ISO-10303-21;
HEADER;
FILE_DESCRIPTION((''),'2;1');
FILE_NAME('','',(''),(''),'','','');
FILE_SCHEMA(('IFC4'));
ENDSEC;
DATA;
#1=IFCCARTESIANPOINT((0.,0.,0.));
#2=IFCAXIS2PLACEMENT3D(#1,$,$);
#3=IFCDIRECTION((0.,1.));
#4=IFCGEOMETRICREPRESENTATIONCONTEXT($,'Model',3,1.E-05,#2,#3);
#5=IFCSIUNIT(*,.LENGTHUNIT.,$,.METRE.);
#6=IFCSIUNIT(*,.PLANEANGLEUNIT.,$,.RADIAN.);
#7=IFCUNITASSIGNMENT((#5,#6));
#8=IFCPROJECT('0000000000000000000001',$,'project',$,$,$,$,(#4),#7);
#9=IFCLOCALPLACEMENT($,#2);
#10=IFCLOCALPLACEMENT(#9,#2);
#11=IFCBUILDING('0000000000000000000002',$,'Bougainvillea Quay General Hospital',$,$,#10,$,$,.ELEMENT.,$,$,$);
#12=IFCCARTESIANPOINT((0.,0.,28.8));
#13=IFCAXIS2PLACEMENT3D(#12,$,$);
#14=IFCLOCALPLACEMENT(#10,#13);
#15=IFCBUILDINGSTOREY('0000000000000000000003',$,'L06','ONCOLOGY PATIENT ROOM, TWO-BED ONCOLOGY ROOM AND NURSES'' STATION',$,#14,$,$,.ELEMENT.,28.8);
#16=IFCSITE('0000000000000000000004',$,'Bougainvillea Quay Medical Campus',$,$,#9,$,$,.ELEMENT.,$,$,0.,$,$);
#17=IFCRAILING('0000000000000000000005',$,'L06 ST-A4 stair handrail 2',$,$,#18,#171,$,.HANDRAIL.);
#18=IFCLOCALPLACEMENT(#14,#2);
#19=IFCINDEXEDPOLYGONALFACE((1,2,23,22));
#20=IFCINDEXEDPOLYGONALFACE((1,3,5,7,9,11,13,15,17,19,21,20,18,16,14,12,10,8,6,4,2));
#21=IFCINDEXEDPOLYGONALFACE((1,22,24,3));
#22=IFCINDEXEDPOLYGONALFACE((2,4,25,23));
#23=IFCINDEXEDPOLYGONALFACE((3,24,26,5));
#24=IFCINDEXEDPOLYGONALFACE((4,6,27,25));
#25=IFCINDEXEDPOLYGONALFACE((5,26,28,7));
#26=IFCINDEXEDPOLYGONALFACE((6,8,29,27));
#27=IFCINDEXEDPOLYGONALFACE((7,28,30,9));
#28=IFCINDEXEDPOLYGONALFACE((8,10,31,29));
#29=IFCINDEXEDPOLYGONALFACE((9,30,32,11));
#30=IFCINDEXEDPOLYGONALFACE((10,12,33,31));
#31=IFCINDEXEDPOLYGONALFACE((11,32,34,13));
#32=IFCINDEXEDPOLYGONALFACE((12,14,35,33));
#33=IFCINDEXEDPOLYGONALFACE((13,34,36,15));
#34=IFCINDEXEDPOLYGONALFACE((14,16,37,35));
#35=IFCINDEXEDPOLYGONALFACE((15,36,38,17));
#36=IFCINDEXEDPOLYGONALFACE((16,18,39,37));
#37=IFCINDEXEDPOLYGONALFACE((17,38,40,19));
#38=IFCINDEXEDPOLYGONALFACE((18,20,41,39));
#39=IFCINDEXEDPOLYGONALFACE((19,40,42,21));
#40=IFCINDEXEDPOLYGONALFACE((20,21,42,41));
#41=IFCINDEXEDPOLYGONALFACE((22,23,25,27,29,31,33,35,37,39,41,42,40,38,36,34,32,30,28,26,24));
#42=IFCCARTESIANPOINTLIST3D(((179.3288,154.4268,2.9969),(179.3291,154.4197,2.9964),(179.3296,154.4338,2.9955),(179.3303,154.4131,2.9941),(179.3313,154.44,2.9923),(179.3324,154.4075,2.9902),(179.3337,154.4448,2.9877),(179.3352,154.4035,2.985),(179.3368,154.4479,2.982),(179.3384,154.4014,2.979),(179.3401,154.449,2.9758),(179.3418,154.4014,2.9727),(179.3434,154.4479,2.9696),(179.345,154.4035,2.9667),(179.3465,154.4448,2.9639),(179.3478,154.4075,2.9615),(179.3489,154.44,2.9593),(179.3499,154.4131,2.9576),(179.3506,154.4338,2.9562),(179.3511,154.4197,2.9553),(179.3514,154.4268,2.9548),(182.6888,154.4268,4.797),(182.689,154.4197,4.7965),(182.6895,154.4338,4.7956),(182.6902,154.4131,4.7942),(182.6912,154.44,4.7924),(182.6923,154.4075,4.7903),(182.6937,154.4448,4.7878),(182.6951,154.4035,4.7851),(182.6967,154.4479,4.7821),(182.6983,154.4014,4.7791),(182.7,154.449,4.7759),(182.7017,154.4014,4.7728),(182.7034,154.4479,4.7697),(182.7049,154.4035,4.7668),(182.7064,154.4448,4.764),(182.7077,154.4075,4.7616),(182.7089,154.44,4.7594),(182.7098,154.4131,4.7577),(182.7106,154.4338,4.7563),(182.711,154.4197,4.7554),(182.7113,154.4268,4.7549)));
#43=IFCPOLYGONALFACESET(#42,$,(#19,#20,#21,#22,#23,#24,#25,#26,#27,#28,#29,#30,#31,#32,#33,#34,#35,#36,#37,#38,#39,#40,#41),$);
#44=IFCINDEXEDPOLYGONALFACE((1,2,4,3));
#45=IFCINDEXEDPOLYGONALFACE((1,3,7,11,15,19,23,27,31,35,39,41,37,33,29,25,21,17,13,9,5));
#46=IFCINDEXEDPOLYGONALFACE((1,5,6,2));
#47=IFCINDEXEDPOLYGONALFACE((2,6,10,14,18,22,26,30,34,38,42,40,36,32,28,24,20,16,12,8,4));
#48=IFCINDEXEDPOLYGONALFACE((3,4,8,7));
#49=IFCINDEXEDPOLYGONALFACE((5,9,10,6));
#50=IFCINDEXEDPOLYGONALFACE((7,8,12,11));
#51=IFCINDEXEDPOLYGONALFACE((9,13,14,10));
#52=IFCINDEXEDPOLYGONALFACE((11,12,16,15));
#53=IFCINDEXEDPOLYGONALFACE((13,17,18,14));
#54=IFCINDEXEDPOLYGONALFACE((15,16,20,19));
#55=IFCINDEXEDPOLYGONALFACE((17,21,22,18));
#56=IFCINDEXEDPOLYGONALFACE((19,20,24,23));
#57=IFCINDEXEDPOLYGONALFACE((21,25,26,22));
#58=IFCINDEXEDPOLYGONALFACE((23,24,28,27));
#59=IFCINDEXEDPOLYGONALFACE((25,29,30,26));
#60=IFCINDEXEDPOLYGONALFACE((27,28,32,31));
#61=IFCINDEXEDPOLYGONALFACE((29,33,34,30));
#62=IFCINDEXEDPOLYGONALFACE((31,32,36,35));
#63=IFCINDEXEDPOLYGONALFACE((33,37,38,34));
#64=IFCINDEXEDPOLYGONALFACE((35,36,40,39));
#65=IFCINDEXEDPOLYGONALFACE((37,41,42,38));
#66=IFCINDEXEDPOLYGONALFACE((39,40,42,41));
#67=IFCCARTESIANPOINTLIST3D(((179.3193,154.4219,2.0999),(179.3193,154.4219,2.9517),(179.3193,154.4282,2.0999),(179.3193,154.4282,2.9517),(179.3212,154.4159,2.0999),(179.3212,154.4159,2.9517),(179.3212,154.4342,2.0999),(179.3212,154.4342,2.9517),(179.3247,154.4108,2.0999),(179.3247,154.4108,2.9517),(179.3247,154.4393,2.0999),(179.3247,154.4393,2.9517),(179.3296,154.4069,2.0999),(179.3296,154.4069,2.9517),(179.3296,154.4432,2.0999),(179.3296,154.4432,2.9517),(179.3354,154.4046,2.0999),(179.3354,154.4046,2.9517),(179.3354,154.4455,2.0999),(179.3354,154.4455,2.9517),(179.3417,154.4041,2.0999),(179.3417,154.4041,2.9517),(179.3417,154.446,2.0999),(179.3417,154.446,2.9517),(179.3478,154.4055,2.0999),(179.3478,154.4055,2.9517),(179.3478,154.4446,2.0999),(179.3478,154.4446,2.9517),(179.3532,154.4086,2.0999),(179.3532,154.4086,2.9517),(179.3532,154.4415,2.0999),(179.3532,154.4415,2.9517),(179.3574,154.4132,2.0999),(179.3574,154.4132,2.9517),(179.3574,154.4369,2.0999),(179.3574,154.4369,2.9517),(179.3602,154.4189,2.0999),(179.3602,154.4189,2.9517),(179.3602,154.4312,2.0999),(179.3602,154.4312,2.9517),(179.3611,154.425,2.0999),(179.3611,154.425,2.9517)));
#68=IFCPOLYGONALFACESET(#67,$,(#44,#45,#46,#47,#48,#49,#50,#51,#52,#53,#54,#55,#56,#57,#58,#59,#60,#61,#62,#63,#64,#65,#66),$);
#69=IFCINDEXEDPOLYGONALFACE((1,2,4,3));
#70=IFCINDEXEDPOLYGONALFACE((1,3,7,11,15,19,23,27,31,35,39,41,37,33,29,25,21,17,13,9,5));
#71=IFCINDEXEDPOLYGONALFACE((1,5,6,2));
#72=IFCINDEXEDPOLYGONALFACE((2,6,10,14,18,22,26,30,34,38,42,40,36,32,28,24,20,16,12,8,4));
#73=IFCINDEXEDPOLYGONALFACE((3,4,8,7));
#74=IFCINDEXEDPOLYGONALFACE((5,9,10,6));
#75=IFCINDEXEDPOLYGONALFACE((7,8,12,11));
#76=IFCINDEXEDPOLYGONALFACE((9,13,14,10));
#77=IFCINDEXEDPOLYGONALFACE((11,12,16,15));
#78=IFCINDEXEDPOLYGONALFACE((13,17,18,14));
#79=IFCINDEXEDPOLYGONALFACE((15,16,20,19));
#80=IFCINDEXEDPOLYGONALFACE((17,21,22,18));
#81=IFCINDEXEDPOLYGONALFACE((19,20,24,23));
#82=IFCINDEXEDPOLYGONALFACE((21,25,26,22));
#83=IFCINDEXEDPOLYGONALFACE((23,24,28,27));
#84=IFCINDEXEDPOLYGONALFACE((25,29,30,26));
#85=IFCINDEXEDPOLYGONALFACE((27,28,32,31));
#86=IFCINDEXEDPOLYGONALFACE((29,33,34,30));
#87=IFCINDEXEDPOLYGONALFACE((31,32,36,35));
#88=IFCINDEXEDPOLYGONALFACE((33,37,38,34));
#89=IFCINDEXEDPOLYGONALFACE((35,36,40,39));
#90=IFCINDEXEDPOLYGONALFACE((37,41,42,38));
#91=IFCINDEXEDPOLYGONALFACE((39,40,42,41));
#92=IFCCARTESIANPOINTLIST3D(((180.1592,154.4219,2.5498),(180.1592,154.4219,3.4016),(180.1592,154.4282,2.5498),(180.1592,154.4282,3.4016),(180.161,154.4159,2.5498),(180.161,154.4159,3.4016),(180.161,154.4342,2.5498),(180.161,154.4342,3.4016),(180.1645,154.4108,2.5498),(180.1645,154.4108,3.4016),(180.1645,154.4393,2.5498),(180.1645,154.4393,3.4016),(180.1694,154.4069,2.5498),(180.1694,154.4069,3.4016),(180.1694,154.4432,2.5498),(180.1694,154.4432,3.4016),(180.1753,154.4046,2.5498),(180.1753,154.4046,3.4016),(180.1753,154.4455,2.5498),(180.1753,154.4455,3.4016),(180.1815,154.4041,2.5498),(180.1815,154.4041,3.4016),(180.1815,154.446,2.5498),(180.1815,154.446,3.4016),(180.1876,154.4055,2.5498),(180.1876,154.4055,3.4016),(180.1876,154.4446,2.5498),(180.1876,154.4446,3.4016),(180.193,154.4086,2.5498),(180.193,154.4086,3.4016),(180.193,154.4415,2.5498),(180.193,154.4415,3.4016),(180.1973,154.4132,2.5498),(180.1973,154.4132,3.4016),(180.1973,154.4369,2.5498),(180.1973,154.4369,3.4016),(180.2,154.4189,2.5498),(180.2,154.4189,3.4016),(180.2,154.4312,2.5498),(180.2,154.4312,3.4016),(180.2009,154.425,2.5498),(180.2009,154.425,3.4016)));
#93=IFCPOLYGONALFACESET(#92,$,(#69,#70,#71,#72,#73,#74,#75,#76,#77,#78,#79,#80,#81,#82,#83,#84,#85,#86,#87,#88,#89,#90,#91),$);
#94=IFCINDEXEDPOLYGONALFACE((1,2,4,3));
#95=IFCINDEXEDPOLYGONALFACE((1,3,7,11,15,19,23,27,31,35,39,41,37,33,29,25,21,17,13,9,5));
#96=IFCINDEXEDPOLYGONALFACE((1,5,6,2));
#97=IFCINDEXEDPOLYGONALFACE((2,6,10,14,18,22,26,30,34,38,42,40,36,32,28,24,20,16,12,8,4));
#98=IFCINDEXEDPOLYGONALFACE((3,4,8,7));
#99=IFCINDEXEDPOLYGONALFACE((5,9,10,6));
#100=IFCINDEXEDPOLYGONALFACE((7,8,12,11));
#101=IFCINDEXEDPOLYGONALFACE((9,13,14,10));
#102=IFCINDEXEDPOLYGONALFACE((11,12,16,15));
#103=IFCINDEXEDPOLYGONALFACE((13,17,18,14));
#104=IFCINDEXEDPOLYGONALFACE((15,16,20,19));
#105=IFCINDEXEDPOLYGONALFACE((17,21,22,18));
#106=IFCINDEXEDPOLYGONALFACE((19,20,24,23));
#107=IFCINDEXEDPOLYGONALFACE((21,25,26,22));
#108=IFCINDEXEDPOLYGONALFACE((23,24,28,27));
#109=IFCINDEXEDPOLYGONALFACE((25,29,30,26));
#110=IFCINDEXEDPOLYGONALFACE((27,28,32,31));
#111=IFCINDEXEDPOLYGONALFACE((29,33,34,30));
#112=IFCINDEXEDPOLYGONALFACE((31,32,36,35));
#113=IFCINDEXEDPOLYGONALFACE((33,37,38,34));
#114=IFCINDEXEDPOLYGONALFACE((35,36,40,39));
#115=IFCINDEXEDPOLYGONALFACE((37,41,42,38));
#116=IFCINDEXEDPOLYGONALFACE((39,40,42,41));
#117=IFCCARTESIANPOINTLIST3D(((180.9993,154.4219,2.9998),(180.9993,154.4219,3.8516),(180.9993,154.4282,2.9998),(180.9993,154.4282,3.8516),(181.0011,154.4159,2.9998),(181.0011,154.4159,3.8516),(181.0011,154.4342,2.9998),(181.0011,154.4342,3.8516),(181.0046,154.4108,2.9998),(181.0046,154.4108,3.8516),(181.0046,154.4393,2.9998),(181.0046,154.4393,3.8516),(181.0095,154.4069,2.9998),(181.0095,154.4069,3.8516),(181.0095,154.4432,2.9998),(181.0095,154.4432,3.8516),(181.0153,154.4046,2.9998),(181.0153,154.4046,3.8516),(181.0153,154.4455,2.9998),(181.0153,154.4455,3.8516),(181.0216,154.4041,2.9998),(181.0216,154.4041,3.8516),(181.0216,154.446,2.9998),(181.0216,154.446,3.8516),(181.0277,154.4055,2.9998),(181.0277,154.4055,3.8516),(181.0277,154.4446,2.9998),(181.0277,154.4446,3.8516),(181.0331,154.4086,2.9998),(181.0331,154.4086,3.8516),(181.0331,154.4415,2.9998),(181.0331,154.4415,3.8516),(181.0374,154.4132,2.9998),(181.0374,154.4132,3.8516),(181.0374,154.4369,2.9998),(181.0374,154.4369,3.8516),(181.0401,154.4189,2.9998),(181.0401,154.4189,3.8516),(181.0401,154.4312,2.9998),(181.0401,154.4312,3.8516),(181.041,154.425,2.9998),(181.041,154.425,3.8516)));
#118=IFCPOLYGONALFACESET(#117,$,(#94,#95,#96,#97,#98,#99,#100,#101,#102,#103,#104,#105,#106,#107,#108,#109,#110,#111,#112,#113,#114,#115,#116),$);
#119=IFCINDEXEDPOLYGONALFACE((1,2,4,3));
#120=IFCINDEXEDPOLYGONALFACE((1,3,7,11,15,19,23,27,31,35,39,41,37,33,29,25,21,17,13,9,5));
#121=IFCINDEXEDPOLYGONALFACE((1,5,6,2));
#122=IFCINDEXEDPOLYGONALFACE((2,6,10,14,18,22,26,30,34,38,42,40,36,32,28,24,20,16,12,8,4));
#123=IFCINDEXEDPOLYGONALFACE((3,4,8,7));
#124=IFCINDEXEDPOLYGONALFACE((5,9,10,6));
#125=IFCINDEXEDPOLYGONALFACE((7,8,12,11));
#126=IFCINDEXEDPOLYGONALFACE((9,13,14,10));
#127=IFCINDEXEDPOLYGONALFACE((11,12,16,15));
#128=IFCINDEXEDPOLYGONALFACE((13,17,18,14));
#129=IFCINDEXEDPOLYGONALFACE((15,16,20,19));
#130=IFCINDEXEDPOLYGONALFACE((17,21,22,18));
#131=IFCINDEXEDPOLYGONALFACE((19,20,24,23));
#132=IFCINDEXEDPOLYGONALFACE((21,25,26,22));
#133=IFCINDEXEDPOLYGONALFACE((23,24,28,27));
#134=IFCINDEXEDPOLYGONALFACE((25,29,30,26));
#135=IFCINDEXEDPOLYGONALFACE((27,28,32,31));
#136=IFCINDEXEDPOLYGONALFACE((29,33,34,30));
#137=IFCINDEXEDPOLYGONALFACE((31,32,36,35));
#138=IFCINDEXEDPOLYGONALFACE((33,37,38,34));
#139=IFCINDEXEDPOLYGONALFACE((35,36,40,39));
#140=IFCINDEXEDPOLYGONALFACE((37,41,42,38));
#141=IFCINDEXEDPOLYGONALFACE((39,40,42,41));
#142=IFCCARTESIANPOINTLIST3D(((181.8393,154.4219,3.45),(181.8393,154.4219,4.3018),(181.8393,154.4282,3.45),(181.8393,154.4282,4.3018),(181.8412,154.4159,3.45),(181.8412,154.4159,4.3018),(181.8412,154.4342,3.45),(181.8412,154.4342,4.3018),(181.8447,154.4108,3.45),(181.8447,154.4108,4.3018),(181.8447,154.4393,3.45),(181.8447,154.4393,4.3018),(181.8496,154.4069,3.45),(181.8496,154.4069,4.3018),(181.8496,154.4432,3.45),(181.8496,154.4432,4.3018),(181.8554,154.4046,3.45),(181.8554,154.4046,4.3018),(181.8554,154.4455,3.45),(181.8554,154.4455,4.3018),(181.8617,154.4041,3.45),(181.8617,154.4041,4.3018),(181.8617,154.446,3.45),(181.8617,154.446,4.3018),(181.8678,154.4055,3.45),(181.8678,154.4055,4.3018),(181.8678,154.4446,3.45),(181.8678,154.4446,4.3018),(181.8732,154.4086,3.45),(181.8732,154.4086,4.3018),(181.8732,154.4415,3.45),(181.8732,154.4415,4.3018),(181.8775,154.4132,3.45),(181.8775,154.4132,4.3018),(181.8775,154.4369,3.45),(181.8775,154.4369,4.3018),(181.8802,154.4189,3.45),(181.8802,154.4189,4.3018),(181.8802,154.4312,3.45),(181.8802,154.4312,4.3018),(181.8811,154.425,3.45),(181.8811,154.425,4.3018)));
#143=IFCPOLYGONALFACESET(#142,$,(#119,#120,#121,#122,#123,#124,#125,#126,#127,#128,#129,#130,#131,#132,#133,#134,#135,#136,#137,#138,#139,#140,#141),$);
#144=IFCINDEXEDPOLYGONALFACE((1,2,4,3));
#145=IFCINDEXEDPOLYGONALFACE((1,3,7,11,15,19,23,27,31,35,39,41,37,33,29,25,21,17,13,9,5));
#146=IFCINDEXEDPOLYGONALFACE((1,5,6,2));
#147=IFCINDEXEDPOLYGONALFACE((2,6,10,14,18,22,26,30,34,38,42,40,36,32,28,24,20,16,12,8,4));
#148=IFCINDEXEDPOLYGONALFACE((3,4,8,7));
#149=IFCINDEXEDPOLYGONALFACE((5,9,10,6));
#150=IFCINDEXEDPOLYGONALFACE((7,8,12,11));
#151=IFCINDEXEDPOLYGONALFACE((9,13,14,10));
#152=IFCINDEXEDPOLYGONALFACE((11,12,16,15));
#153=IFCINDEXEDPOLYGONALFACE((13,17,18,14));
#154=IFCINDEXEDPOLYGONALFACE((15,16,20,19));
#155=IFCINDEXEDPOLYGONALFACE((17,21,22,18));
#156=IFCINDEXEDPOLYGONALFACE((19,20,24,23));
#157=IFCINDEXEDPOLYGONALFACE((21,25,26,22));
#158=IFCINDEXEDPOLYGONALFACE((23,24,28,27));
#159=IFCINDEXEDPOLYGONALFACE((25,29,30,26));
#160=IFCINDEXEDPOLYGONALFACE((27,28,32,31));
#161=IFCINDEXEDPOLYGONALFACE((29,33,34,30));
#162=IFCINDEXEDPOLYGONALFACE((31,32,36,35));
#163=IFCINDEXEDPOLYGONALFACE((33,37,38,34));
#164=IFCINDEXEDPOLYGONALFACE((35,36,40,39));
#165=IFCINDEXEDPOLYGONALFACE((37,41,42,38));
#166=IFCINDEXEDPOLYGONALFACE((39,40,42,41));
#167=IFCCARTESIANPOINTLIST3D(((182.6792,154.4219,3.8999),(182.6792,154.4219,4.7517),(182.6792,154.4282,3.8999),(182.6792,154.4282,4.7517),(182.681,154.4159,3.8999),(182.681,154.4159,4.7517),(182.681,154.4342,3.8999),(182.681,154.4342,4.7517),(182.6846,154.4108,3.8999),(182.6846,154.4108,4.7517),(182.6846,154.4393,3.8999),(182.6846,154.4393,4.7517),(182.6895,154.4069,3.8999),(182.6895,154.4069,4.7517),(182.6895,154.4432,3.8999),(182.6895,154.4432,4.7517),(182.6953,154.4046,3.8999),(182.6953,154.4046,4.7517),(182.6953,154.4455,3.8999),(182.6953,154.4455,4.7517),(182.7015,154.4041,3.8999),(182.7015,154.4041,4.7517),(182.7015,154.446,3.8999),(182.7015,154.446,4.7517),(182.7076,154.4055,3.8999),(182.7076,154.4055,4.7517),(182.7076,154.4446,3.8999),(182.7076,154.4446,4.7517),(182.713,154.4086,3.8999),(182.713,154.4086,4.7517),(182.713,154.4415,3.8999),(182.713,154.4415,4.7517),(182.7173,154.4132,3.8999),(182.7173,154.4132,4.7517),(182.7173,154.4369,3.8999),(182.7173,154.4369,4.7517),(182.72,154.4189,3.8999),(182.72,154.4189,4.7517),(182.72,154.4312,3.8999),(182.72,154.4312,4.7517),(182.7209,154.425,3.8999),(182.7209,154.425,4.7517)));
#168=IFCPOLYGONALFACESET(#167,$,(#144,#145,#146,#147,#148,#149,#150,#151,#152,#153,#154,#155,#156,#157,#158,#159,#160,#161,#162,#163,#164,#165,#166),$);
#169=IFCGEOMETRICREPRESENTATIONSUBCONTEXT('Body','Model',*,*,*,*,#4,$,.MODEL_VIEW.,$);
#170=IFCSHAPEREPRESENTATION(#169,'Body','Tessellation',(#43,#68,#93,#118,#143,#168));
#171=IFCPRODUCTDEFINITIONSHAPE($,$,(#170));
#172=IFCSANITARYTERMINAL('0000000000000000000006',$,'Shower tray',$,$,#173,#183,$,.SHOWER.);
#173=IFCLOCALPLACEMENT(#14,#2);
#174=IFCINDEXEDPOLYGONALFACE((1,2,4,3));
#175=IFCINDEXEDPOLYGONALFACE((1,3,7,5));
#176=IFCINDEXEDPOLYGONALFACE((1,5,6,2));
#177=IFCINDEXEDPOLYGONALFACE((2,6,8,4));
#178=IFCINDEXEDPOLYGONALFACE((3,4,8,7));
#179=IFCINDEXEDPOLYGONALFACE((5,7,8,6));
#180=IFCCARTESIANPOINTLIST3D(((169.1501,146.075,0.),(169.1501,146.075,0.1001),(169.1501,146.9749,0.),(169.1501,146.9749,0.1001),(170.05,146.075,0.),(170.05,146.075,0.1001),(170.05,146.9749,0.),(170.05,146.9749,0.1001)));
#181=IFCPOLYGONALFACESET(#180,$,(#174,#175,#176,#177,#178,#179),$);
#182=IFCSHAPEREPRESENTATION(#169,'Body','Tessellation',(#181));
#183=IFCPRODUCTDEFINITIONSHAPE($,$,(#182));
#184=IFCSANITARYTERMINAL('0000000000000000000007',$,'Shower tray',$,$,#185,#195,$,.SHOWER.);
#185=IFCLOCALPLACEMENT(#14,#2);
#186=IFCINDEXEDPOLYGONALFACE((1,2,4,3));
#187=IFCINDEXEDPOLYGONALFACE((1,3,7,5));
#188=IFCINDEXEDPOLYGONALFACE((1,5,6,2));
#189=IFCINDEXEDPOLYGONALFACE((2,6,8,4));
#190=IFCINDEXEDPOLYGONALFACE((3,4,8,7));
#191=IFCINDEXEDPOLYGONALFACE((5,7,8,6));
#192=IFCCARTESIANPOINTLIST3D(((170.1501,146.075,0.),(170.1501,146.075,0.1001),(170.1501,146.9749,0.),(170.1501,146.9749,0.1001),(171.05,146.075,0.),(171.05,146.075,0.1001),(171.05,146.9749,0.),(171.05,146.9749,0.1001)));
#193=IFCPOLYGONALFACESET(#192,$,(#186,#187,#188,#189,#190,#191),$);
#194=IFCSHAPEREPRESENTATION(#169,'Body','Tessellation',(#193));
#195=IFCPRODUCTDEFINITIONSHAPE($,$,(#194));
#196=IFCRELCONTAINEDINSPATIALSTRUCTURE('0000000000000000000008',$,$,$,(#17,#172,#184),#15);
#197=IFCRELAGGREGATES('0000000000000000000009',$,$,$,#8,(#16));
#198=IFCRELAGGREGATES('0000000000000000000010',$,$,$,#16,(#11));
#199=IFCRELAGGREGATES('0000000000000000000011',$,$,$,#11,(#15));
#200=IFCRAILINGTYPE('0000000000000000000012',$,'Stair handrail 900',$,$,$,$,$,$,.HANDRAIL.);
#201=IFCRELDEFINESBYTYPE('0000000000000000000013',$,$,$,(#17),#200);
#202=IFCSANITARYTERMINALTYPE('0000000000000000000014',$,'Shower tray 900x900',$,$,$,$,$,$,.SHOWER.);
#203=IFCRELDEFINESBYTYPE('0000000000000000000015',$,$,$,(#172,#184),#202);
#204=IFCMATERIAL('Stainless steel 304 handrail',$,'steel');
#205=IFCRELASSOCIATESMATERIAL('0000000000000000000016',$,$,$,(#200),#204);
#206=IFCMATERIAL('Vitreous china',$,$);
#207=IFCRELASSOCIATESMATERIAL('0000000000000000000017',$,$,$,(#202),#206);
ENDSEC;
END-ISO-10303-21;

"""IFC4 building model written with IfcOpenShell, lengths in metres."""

from ifc_helpers import new_model, si_unit, direction, frame, origin, origin_2d, place, context, subcontext, project, spatial, rectangle, circle, extrude, material, type_object, element, save


model = new_model("IFC4")

# Units and contexts
model_context = context("Model", 3, precision=1e-05, world=origin(), true_north=direction((0.0, 1.0)))
body_context = subcontext(model_context, "Body", "Model", "MODEL_VIEW")
ifc_project = project(units=[si_unit("LENGTHUNIT", "METRE"), si_unit("PLANEANGLEUNIT", "RADIAN")], contexts=[model_context])

# Site, building, storey
site_placement = place(None, origin())
site = spatial("IfcSite", under=ifc_project, at=site_placement, Name="Bougainvillea Quay Medical Campus", CompositionType="ELEMENT", RefElevation=0.0)
building_placement = place(site_placement, origin())
building = spatial("IfcBuilding", under=site, at=building_placement, Name="Bougainvillea Quay General Hospital", CompositionType="ELEMENT")
storey_placement = place(building_placement, frame((0.0, 0.0, 28.8)))
storey = spatial("IfcBuildingStorey", under=building, at=storey_placement, Name="L06", Description="ONCOLOGY PATIENT ROOM, TWO-BED ONCOLOGY ROOM AND NURSES' STATION", CompositionType="ELEMENT", Elevation=28.8)

# Railing
ifc_material_1 = material(Name="Stainless steel 304 handrail", Category="steel")
railing_type_1 = type_object("IfcRailingType", Name="Stair handrail 900", PredefinedType="HANDRAIL", material=ifc_material_1)
railing_1_placement = place(storey_placement, frame((179.3401, 154.425, 2.0999)))
element("IfcRailing", 1, at=railing_1_placement, inside=storey, type_object=railing_type_1, Name="L06 ST-A4 stair handrail 2", PredefinedType="HANDRAIL", context=body_context, shape_type="SweptSolid", body=[
    extrude(circle(Radius=0.0239, at=origin_2d()), frame((0.0, 0.0, 0.876), z_axis=(0.881467, 0.0, 0.472246), x_axis=(0.0, 1.0, 0.0)), (0.0, 0.0, 1.0), 3.8118),
    extrude(circle(Radius=0.021, at=origin_2d()), origin(), (0.0, 0.0, 1.0), 0.8518),
    extrude(circle(Radius=0.021, at=origin_2d()), frame((0.8398, 0.0, 0.45)), (0.0, 0.0, 1.0), 0.8518),
    extrude(circle(Radius=0.021, at=origin_2d()), frame((1.6799, 0.0, 0.8999)), (0.0, 0.0, 1.0), 0.8518),
    extrude(circle(Radius=0.021, at=origin_2d()), frame((2.52, 0.0, 1.3501)), (0.0, 0.0, 1.0), 0.8518),
    extrude(circle(Radius=0.021, at=origin_2d()), frame((3.3599, 0.0, 1.8)), (0.0, 0.0, 1.0), 0.8518),
])

# Sanitary terminals
ifc_material_2 = material(Name="Vitreous china")
sanitary_terminal_type = type_object("IfcSanitaryTerminalType", Name="Shower tray 900x900", PredefinedType="SHOWER", material=ifc_material_2)
for number, where, z_axis, x_axis, name in (
    (2, (169.6001, 146.5249, 0.0), (0.0, 0.0, 1.0), (0.0, -1.0, 0.0), "Shower tray"),
    (3, (170.6001, 146.5249, 0.0), (0.0, 0.0, 1.0), (0.0, 1.0, 0.0), "Shower tray"),
):
    element("IfcSanitaryTerminal", number, at=place(storey_placement, frame(where, z_axis=z_axis, x_axis=x_axis)), inside=storey, type_object=sanitary_terminal_type, Name=name, PredefinedType="SHOWER", context=body_context, shape_type="SweptSolid", body=[
        extrude(rectangle(XDim=0.8999, YDim=0.8999, at=origin_2d()), origin(), (0.0, 0.0, 1.0), 0.1001),
    ])

save(model, "model.ifc")
